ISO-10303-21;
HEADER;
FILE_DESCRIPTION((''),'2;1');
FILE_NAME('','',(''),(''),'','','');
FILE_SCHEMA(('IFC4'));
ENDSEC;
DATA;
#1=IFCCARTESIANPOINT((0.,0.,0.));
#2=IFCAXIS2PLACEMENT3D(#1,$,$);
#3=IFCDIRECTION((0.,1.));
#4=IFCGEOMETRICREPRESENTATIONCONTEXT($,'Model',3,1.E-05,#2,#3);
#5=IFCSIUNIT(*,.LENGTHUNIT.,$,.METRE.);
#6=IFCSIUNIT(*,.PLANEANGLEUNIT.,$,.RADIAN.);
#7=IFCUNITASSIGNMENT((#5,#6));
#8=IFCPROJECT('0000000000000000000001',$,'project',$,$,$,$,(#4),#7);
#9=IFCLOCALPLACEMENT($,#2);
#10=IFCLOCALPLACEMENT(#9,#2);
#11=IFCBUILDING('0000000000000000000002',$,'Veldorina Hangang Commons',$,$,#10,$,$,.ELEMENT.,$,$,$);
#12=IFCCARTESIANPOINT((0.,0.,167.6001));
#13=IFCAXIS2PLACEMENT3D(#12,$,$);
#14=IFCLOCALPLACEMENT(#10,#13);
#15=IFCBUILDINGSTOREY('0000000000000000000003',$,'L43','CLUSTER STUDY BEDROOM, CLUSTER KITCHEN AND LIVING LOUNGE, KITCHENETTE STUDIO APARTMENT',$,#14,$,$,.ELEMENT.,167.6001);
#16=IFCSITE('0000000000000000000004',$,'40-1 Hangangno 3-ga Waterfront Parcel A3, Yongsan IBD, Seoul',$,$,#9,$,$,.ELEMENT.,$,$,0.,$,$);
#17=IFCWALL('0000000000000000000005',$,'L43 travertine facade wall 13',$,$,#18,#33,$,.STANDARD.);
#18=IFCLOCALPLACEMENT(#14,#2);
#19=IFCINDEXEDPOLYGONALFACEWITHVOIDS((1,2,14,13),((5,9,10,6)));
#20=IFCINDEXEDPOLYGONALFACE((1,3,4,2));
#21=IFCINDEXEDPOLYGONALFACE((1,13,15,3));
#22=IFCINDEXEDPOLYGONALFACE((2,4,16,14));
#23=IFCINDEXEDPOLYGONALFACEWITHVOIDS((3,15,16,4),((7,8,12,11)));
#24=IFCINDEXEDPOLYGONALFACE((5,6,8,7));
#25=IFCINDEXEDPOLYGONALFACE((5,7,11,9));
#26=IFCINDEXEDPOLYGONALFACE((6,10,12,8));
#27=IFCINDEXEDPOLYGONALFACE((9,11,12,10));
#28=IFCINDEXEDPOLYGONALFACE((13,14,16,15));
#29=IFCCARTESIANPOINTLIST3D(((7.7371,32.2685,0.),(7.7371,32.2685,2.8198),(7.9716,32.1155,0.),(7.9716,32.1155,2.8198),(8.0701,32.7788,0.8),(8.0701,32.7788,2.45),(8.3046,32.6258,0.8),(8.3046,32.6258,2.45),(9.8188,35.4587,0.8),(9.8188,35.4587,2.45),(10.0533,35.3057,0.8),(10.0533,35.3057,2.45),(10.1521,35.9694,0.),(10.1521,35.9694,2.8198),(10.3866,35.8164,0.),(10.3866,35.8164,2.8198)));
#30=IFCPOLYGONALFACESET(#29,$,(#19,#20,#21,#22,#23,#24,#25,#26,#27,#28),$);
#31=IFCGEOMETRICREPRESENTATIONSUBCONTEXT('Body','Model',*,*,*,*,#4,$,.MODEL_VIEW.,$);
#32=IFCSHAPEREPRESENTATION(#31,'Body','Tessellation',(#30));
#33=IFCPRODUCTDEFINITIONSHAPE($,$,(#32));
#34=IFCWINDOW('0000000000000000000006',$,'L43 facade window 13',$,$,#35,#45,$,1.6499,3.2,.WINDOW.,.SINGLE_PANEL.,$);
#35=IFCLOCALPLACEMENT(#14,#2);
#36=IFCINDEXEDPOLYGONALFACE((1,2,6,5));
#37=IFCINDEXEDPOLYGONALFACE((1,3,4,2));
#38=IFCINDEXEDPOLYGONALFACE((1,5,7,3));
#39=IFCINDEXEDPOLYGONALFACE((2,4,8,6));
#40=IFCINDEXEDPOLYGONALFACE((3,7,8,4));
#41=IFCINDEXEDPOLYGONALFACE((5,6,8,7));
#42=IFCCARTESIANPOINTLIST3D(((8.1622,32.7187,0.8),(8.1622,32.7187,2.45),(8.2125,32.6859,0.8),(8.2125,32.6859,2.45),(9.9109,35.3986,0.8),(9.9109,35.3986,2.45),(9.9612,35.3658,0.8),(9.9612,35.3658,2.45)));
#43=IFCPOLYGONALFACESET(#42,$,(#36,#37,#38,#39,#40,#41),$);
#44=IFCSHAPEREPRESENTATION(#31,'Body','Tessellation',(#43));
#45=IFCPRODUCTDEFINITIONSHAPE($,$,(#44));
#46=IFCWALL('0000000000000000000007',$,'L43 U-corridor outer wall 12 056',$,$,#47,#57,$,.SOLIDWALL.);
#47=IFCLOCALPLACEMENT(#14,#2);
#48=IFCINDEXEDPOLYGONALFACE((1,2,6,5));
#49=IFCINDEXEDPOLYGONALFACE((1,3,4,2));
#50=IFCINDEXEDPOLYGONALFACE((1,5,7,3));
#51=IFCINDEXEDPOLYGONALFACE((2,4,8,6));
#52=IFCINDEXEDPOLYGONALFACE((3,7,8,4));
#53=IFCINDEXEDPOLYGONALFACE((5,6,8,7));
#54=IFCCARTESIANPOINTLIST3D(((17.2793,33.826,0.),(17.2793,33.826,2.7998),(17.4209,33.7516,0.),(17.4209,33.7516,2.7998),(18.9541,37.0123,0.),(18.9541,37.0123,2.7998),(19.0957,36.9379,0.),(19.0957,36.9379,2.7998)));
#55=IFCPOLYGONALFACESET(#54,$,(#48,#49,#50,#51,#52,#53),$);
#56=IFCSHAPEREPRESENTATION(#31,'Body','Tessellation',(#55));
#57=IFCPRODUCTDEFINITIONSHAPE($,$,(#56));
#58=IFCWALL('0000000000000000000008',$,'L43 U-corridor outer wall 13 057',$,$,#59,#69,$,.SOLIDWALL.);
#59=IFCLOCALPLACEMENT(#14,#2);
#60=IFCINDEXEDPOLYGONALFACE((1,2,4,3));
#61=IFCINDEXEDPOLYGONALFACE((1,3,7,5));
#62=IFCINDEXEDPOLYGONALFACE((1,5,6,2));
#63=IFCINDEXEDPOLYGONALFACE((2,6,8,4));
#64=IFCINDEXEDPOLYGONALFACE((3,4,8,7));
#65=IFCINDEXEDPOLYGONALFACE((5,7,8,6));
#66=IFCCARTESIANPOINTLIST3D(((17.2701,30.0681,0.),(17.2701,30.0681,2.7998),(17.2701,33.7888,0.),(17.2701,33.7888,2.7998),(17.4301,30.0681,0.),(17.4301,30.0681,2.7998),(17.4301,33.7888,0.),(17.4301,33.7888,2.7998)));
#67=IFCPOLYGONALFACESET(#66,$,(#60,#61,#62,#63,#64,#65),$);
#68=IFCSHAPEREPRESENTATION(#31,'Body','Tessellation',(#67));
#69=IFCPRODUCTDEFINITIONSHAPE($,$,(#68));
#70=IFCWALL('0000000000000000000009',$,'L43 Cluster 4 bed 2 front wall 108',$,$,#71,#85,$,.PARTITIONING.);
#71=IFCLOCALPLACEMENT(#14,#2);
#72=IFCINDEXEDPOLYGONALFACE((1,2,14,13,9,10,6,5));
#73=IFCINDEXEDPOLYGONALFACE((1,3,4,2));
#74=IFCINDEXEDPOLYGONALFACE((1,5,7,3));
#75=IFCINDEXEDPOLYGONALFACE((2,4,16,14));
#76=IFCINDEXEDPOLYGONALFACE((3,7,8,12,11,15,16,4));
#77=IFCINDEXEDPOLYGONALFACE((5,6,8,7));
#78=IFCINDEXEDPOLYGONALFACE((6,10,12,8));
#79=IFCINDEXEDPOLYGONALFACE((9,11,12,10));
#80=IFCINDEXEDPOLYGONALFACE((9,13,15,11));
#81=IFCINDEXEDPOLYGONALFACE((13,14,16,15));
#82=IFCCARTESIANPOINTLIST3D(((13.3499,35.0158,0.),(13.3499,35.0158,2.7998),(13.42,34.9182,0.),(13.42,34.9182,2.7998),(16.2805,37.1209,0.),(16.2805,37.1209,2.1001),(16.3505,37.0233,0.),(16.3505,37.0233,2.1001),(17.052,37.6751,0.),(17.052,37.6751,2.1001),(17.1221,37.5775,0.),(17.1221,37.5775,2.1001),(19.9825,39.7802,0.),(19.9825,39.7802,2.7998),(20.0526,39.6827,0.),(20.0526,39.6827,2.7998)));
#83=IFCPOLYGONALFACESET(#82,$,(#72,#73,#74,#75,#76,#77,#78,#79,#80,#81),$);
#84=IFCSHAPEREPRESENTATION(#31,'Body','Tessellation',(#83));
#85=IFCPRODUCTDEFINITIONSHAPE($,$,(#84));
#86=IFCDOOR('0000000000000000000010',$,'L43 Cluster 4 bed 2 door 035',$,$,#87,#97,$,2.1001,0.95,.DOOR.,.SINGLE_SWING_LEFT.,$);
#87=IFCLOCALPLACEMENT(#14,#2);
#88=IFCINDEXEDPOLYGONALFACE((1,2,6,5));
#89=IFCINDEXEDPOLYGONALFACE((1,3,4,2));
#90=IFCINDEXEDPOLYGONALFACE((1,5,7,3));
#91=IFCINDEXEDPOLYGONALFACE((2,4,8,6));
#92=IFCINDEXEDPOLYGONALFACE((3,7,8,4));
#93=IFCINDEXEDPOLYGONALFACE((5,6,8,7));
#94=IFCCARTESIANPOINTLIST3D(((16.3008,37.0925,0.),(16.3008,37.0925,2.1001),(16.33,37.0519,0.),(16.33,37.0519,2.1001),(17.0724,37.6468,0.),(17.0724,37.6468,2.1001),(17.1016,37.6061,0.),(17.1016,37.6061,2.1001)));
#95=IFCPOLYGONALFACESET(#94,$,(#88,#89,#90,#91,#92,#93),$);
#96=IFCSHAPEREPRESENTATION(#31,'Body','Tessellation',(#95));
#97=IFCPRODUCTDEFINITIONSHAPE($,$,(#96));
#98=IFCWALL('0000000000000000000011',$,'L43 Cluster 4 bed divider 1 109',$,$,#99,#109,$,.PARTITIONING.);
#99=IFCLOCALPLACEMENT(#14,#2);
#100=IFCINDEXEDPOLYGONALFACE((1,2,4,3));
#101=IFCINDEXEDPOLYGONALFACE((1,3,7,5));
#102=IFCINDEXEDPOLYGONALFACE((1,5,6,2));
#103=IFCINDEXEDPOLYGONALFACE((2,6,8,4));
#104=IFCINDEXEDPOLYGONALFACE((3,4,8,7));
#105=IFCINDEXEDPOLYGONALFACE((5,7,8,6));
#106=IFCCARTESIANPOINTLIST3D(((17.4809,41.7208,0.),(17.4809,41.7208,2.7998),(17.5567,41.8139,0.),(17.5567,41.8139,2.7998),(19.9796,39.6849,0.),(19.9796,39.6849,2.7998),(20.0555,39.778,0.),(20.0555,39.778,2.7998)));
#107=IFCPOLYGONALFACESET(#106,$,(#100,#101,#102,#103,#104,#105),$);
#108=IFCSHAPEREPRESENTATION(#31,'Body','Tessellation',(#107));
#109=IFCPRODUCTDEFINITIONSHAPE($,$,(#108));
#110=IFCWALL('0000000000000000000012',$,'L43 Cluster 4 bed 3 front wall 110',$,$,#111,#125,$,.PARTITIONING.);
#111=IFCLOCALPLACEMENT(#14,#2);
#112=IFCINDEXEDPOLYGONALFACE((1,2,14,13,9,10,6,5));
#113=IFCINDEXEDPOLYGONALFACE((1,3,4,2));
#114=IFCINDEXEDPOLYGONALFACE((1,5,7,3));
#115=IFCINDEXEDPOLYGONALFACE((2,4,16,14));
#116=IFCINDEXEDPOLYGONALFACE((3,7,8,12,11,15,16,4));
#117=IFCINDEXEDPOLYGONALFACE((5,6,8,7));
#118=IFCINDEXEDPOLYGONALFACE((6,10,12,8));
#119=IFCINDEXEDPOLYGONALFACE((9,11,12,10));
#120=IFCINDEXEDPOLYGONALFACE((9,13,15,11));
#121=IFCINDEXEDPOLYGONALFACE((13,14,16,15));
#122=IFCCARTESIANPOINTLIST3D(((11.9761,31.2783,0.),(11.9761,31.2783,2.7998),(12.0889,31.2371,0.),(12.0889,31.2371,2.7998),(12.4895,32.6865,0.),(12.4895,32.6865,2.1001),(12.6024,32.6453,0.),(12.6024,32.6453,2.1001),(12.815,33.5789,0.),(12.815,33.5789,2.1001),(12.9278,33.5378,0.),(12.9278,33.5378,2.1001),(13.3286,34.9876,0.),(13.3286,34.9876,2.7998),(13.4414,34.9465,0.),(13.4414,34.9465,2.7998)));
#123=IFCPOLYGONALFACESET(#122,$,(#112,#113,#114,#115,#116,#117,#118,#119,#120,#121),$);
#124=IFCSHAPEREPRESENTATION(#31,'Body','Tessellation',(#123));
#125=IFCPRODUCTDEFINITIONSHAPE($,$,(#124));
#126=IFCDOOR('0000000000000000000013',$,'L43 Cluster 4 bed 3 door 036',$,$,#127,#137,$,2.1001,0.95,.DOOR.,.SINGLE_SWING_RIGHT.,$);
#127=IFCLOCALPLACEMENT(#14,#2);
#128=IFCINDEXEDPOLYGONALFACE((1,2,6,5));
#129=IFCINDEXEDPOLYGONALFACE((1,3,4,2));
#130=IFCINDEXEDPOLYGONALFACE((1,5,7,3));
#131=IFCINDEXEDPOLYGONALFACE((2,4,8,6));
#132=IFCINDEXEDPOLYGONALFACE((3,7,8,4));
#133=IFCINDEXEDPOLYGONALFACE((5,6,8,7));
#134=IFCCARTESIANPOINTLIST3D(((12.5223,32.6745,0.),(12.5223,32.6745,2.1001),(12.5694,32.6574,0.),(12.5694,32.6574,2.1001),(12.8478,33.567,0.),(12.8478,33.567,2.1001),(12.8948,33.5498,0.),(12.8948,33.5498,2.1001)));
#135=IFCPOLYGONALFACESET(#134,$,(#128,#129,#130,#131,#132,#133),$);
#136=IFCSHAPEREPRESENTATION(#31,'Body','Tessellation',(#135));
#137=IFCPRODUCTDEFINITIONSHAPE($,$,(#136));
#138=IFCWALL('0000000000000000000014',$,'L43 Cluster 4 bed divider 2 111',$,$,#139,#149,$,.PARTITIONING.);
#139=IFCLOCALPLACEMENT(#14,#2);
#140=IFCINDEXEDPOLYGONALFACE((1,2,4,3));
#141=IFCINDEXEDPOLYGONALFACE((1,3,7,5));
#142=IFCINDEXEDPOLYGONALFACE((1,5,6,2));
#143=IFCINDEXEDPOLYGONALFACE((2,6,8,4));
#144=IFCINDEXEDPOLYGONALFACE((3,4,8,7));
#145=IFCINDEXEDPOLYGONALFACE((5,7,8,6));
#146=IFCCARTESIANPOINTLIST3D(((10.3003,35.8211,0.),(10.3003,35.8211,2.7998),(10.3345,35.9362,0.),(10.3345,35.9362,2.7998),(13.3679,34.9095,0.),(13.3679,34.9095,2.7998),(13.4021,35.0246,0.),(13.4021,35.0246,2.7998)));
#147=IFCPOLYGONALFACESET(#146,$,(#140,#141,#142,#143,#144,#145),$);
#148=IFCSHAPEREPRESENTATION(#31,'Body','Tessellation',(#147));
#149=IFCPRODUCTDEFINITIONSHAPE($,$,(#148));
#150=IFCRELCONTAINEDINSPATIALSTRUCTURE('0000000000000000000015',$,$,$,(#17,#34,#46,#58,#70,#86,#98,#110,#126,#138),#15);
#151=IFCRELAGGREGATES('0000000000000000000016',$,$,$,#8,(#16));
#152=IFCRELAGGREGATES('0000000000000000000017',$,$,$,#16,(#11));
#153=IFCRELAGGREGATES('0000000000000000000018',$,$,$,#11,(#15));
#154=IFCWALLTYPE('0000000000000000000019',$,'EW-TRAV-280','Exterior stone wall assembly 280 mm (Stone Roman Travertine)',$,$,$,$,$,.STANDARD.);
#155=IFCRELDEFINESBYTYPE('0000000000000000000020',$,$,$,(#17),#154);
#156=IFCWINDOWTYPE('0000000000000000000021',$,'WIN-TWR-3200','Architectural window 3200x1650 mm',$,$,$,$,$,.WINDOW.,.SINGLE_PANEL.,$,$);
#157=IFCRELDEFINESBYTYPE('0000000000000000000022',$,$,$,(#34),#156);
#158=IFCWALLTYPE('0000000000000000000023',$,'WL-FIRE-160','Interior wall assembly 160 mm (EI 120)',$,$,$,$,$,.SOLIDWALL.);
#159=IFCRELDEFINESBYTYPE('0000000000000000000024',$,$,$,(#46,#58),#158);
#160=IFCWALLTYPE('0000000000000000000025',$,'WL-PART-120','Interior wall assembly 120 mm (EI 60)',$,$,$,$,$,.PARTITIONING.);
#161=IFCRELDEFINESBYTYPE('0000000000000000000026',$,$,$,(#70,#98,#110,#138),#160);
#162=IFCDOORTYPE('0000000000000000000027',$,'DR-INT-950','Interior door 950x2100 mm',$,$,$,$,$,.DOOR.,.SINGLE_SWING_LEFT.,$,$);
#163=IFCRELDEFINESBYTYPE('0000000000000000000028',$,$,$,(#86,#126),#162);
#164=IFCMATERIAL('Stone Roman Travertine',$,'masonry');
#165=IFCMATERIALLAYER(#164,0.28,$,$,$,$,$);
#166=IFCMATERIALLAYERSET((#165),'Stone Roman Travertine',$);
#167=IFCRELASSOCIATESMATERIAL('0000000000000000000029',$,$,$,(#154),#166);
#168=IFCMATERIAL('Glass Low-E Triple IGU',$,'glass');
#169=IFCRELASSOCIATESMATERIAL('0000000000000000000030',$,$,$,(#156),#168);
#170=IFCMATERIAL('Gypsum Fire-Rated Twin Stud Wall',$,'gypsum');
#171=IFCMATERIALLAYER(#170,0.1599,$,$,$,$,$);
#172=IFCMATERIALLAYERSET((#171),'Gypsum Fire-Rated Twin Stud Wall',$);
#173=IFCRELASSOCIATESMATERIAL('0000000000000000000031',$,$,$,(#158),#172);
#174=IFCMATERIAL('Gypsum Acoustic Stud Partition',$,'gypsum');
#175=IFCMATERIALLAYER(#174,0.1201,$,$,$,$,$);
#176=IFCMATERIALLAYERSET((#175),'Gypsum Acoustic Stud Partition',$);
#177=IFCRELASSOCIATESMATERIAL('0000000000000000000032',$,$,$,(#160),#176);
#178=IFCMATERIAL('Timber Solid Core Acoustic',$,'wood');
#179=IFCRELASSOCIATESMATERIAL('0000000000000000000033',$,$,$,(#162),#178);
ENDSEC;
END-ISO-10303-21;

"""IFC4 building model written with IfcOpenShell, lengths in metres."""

from ifc_helpers import new_model, si_unit, direction, frame, frame_2d, origin, place, context, subcontext, project, spatial, rectangle, extrude, material, layer, layer_set, type_object, element, fill, save


model = new_model("IFC4")

# Units and contexts
model_context = context("Model", 3, precision=1e-05, world=origin(), true_north=direction((0.0, 1.0)))
body_context = subcontext(model_context, "Body", "Model", "MODEL_VIEW")
ifc_project = project(units=[si_unit("LENGTHUNIT", "METRE"), si_unit("PLANEANGLEUNIT", "RADIAN")], contexts=[model_context])

# Site, building, storey
site_placement = place(None, origin())
site = spatial("IfcSite", under=ifc_project, at=site_placement, Name="40-1 Hangangno 3-ga Waterfront Parcel A3, Yongsan IBD, Seoul", CompositionType="ELEMENT", RefElevation=0.0)
building_placement = place(site_placement, origin())
building = spatial("IfcBuilding", under=site, at=building_placement, Name="Veldorina Hangang Commons", CompositionType="ELEMENT")
storey_placement = place(building_placement, frame((0.0, 0.0, 167.6001)))
storey = spatial("IfcBuildingStorey", under=building, at=storey_placement, Name="L43", Description="CLUSTER STUDY BEDROOM, CLUSTER KITCHEN AND LIVING LOUNGE, KITCHENETTE STUDIO APARTMENT", CompositionType="ELEMENT", Elevation=167.6001)

# Shared definitions
ifc_material_1 = material(Name="Stone Roman Travertine", Category="masonry")
ifc_layer_1 = layer(ifc_material_1, 0.28)
ifc_layer_set_1 = layer_set([ifc_layer_1], Name="Stone Roman Travertine")
wall_type_1 = type_object("IfcWallType", Name="EW-TRAV-280", Description="Exterior stone wall assembly 280 mm (Stone Roman Travertine)", PredefinedType="STANDARD", material=ifc_layer_set_1)

# Wall, opening, window
ifc_material_2 = material(Name="Glass Low-E Triple IGU", Category="glass")
window_type = type_object("IfcWindowType", Name="WIN-TWR-3200", Description="Architectural window 3200x1650 mm", PartitioningType="SINGLE_PANEL", PredefinedType="WINDOW", material=ifc_material_2)
wall_1_placement = place(storey_placement, frame((10.2693, 35.8928, 0.0), z_axis=(0.0, 0.0, 1.0), x_axis=(-0.546489, -0.837467, 0.0)))
wall_1 = element("IfcWall", 1, at=wall_1_placement, inside=storey, type_object=wall_type_1, Name="L43 travertine facade wall 13", PredefinedType="STANDARD", context=body_context, shape_type="SweptSolid", body=[
    extrude(rectangle(XDim=4.4192, YDim=0.28, at=frame_2d((2.2095, 0.0))), origin(), (0.0, 0.0, 1.0), 2.8198),
])
opening_1_placement = place(wall_1_placement, frame((0.6096, 0.0, 0.8)))
opening_1 = element("IfcOpeningElement", 2, at=opening_1_placement, cuts=wall_1, PredefinedType="OPENING", context=body_context, shape_type="SweptSolid", body=[
    extrude(rectangle(XDim=3.2, YDim=1.6499, at=frame_2d((1.6001, 0.825))), frame((0.0, 0.1499, 0.0), z_axis=(0.0, -1.0, 0.0), x_axis=(1.0, 0.0, 0.0)), (0.0, 0.0, 1.0), 0.3),
])
window_1_placement = place(opening_1_placement, origin())
window_1 = element("IfcWindow", 3, at=window_1_placement, inside=storey, type_object=window_type, Name="L43 facade window 13", OverallHeight=1.6499, OverallWidth=3.2, PartitioningType="SINGLE_PANEL", PredefinedType="WINDOW", context=body_context, shape_type="SweptSolid", body=[
    extrude(rectangle(XDim=3.2, YDim=1.6499, at=frame_2d((1.6001, 0.825))), frame((0.0, 0.03, 0.0), z_axis=(0.0, -1.0, 0.0), x_axis=(1.0, 0.0, 0.0)), (0.0, 0.0, 1.0), 0.0601),
])
fill(opening_1, window_1)

# Walls
ifc_material_3 = material(Name="Gypsum Fire-Rated Twin Stud Wall", Category="gypsum")
ifc_layer_2 = layer(ifc_material_3, 0.1599)
ifc_layer_set_2 = layer_set([ifc_layer_2], Name="Gypsum Fire-Rated Twin Stud Wall")
wall_type_2 = type_object("IfcWallType", Name="WL-FIRE-160", Description="Interior wall assembly 160 mm (EI 120)", PredefinedType="SOLIDWALL", material=ifc_layer_set_2)
wall_2_placement = place(storey_placement, frame((19.0249, 36.9751, 0.0), z_axis=(0.0, 0.0, 1.0), x_axis=(-0.465271, -0.885168, 0.0)))
element("IfcWall", 4, at=wall_2_placement, inside=storey, type_object=wall_type_2, Name="L43 U-corridor outer wall 12 056", PredefinedType="SOLIDWALL", context=body_context, shape_type="SweptSolid", body=[
    extrude(rectangle(XDim=3.5996, YDim=0.1599, at=frame_2d((1.7998, 0.0))), origin(), (0.0, 0.0, 1.0), 2.7998),
])
wall_3_placement = place(storey_placement, frame((17.3501, 33.7888, 0.0), z_axis=(0.0, 0.0, 1.0), x_axis=(0.0, -1.0, 0.0)))
element("IfcWall", 5, at=wall_3_placement, inside=storey, type_object=wall_type_2, Name="L43 U-corridor outer wall 13 057", PredefinedType="SOLIDWALL", context=body_context, shape_type="SweptSolid", body=[
    extrude(rectangle(XDim=3.7207, YDim=0.1599, at=frame_2d((1.8604, 0.0))), origin(), (0.0, 0.0, 1.0), 2.7998),
])

# Wall, opening, door
ifc_material_4 = material(Name="Gypsum Acoustic Stud Partition", Category="gypsum")
ifc_layer_3 = layer(ifc_material_4, 0.1201)
ifc_layer_set_3 = layer_set([ifc_layer_3], Name="Gypsum Acoustic Stud Partition")
wall_type_3 = type_object("IfcWallType", Name="WL-PART-120", Description="Interior wall assembly 120 mm (EI 60)", PredefinedType="PARTITIONING", material=ifc_layer_set_3)
wall_4_placement = place(storey_placement, frame((20.0176, 39.7314, 0.0), z_axis=(0.0, 0.0, 1.0), x_axis=(-0.812175, -0.583414, 0.0)))
wall_4 = element("IfcWall", 6, at=wall_4_placement, inside=storey, type_object=wall_type_3, Name="L43 Cluster 4 bed 2 front wall 108", PredefinedType="PARTITIONING", context=body_context, shape_type="SweptSolid", body=[
    extrude(rectangle(XDim=8.1665, YDim=0.1201, at=frame_2d((4.0833, 0.0))), origin(), (0.0, 0.0, 1.0), 2.7998),
])
opening_2_placement = place(wall_4_placement, frame((3.6082, 0.0, 0.0)))
opening_2 = element("IfcOpeningElement", 7, at=opening_2_placement, cuts=wall_4, PredefinedType="OPENING", context=body_context, shape_type="SweptSolid", body=[
    extrude(rectangle(XDim=0.95, YDim=2.1001, at=frame_2d((0.4751, 1.05))), frame((0.0, 0.0701, 0.0), z_axis=(0.0, -1.0, 0.0), x_axis=(1.0, 0.0, 0.0)), (0.0, 0.0, 1.0), 0.1401),
])
ifc_material_5 = material(Name="Timber Solid Core Acoustic", Category="wood")
door_type = type_object("IfcDoorType", Name="DR-INT-950", Description="Interior door 950x2100 mm", OperationType="SINGLE_SWING_LEFT", PredefinedType="DOOR", material=ifc_material_5)
door_1_placement = place(opening_2_placement, origin())
door_1 = element("IfcDoor", 8, at=door_1_placement, inside=storey, type_object=door_type, Name="L43 Cluster 4 bed 2 door 035", OperationType="SINGLE_SWING_LEFT", OverallHeight=2.1001, OverallWidth=0.95, PredefinedType="DOOR", context=body_context, shape_type="SweptSolid", body=[
    extrude(rectangle(XDim=0.95, YDim=2.1001, at=frame_2d((0.4751, 1.05))), frame((0.0, 0.0249, 0.0), z_axis=(0.0, -1.0, 0.0), x_axis=(1.0, 0.0, 0.0)), (0.0, 0.0, 1.0), 0.05),
])
fill(opening_2, door_1)

# Wall
wall_5_placement = place(storey_placement, frame((20.0176, 39.7314, 0.0), z_axis=(0.0, 0.0, 1.0), x_axis=(-0.775258, 0.631644, 0.0)))
element("IfcWall", 9, at=wall_5_placement, inside=storey, type_object=wall_type_3, Name="L43 Cluster 4 bed divider 1 109", PredefinedType="PARTITIONING", context=body_context, shape_type="SweptSolid", body=[
    extrude(rectangle(XDim=3.2231, YDim=0.1201, at=frame_2d((1.6116, 0.0))), origin(), (0.0, 0.0, 1.0), 2.7998),
])

# Wall, opening, door
wall_6_placement = place(storey_placement, frame((13.385, 34.967, 0.0), z_axis=(0.0, 0.0, 1.0), x_axis=(-0.342557, -0.939497, 0.0)))
wall_6 = element("IfcWall", 10, at=wall_6_placement, inside=storey, type_object=wall_type_3, Name="L43 Cluster 4 bed 3 front wall 110", PredefinedType="PARTITIONING", context=body_context, shape_type="SweptSolid", body=[
    extrude(rectangle(XDim=3.9482, YDim=0.1201, at=frame_2d((1.9741, 0.0))), origin(), (0.0, 0.0, 1.0), 2.7998),
])
opening_3_placement = place(wall_6_placement, frame((1.4993, 0.0, 0.0)))
opening_3 = element("IfcOpeningElement", 11, at=opening_3_placement, cuts=wall_6, PredefinedType="OPENING", context=body_context, shape_type="SweptSolid", body=[
    extrude(rectangle(XDim=0.95, YDim=2.1001, at=frame_2d((0.4751, 1.05))), frame((0.0, 0.0701, 0.0), z_axis=(0.0, -1.0, 0.0), x_axis=(1.0, 0.0, 0.0)), (0.0, 0.0, 1.0), 0.1401),
])
door_2_placement = place(opening_3_placement, origin())
door_2 = element("IfcDoor", 12, at=door_2_placement, inside=storey, type_object=door_type, Name="L43 Cluster 4 bed 3 door 036", OperationType="SINGLE_SWING_RIGHT", OverallHeight=2.1001, OverallWidth=0.95, PredefinedType="DOOR", context=body_context, shape_type="SweptSolid", body=[
    extrude(rectangle(XDim=0.95, YDim=2.1001, at=frame_2d((0.4751, 1.05))), frame((0.0, 0.0249, 0.0), z_axis=(0.0, -1.0, 0.0), x_axis=(1.0, 0.0, 0.0)), (0.0, 0.0, 1.0), 0.05),
])
fill(opening_3, door_2)

# Wall
wall_7_placement = place(storey_placement, frame((13.385, 34.967, 0.0), z_axis=(0.0, 0.0, 1.0), x_axis=(-0.958568, 0.284862, 0.0)))
element("IfcWall", 13, at=wall_7_placement, inside=storey, type_object=wall_type_3, Name="L43 Cluster 4 bed divider 2 111", PredefinedType="PARTITIONING", context=body_context, shape_type="SweptSolid", body=[
    extrude(rectangle(XDim=3.2002, YDim=0.1201, at=frame_2d((1.6001, 0.0))), origin(), (0.0, 0.0, 1.0), 2.7998),
])

save(model, "model.ifc")
